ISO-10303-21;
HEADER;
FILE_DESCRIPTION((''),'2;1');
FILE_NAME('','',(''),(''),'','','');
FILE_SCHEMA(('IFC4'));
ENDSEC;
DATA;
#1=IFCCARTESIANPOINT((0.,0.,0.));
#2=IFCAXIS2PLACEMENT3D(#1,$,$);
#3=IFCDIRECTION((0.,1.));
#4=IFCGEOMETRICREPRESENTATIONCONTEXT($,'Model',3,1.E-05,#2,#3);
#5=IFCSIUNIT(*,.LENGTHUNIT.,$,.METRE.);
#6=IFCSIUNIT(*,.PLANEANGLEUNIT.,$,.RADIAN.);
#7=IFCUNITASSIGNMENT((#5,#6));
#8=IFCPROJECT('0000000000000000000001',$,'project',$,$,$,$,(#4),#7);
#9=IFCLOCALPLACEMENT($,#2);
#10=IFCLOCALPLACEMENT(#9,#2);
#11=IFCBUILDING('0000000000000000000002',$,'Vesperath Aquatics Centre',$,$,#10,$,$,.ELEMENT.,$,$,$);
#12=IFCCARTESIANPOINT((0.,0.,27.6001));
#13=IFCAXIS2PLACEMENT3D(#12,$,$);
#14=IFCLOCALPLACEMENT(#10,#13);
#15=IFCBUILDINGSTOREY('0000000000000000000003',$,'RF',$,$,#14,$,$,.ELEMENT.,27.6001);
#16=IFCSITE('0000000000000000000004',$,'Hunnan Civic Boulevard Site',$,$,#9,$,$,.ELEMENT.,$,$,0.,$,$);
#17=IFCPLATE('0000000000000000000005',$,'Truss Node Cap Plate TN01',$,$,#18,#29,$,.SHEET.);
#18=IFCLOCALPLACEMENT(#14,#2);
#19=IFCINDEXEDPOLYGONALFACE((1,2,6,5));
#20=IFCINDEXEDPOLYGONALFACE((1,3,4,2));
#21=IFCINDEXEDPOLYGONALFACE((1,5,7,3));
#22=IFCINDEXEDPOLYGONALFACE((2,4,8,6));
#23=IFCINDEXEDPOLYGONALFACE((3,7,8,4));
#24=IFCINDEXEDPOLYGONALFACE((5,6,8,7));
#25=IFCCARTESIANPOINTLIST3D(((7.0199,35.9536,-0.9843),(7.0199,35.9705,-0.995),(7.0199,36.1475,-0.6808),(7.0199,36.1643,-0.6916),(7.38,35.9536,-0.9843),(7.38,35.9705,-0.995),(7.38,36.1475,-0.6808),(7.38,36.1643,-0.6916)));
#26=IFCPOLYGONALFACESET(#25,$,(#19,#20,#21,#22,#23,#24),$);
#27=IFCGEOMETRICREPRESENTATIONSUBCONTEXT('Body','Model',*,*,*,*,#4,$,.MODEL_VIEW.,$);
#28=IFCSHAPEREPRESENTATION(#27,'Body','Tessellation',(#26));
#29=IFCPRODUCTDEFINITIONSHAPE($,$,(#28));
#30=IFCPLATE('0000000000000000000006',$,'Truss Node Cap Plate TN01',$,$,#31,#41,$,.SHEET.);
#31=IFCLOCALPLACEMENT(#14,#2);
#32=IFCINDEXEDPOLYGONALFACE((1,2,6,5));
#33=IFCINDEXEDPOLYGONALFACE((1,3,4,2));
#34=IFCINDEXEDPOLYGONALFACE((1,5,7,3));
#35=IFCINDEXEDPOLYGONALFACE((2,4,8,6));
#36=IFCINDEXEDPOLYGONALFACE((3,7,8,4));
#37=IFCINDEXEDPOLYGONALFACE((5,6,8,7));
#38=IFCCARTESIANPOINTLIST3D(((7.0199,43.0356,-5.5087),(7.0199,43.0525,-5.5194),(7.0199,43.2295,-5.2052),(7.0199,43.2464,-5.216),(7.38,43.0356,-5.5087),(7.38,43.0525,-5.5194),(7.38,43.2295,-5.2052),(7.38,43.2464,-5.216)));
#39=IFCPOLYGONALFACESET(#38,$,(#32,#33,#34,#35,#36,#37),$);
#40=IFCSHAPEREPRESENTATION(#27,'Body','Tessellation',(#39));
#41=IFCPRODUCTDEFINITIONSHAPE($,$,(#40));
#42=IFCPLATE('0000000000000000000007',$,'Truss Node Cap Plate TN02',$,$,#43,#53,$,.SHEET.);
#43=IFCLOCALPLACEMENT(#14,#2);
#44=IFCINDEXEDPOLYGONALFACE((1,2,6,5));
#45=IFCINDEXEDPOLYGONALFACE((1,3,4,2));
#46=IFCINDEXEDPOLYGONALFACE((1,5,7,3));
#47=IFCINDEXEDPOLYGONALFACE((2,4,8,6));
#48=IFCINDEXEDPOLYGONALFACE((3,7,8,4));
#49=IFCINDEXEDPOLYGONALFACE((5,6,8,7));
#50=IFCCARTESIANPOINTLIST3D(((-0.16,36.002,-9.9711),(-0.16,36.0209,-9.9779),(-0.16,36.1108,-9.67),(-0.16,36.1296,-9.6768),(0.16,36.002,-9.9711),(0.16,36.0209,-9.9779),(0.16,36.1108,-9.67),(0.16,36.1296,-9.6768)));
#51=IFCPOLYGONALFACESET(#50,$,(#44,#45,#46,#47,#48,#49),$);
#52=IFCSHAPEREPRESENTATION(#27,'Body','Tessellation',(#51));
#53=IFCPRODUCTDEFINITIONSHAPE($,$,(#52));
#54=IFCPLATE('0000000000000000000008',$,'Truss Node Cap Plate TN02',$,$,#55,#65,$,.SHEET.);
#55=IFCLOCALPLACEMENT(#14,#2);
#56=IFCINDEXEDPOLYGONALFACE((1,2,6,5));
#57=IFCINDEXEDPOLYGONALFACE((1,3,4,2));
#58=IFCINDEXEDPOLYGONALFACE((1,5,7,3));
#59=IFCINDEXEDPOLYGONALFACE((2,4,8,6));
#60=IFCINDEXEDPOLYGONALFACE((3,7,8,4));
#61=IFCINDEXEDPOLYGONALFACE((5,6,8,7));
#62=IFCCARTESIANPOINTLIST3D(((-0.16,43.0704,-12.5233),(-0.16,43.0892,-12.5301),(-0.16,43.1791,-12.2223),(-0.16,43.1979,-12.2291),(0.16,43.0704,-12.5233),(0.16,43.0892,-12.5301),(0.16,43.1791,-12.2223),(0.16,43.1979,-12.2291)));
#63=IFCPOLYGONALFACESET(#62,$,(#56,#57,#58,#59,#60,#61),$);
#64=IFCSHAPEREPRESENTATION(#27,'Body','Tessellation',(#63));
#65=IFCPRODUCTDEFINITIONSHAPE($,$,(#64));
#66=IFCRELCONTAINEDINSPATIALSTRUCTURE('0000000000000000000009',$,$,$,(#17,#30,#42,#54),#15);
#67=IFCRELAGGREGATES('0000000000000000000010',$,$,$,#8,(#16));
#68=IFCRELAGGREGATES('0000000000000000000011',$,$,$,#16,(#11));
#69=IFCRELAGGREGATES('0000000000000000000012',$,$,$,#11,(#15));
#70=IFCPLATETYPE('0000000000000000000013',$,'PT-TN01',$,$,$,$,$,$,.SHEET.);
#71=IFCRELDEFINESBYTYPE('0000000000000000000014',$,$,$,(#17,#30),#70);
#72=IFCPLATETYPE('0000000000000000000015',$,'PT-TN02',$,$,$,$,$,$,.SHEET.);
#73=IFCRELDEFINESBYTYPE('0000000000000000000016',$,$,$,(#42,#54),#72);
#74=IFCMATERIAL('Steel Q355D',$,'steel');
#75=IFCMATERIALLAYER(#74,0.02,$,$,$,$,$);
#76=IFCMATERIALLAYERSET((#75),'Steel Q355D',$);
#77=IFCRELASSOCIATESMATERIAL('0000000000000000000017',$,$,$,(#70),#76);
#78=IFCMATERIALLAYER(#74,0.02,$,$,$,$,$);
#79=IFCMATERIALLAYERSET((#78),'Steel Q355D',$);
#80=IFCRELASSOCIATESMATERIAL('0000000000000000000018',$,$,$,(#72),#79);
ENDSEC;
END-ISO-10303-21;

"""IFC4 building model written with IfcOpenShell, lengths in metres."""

from ifc_helpers import new_model, si_unit, direction, frame, origin, origin_2d, place, context, subcontext, project, spatial, rectangle, extrude, material, layer, layer_set, type_object, element, save


model = new_model("IFC4")

# Units and contexts
model_context = context("Model", 3, precision=1e-05, world=origin(), true_north=direction((0.0, 1.0)))
body_context = subcontext(model_context, "Body", "Model", "MODEL_VIEW")
ifc_project = project(units=[si_unit("LENGTHUNIT", "METRE"), si_unit("PLANEANGLEUNIT", "RADIAN")], contexts=[model_context])

# Site, building, storey
site_placement = place(None, origin())
site = spatial("IfcSite", under=ifc_project, at=site_placement, Name="Hunnan Civic Boulevard Site", CompositionType="ELEMENT", RefElevation=0.0)
building_placement = place(site_placement, origin())
building = spatial("IfcBuilding", under=site, at=building_placement, Name="Vesperath Aquatics Centre", CompositionType="ELEMENT")
storey_placement = place(building_placement, frame((0.0, 0.0, 27.6001)))
storey = spatial("IfcBuildingStorey", under=building, at=storey_placement, Name="RF", CompositionType="ELEMENT", Elevation=27.6001)

# Shared definitions
ifc_material_1 = material(Name="Steel Q355D", Category="steel")

# Plates
ifc_layer_1 = layer(ifc_material_1, 0.02)
ifc_layer_set_1 = layer_set([ifc_layer_1], Name="Steel Q355D")
plate_type_1 = type_object("IfcPlateType", Name="PT-TN01", PredefinedType="SHEET", material=ifc_layer_set_1)
for number, where, z_axis, x_axis, name in (
    (1, (7.2, 36.0505, -0.8325), (0.0, 0.842696, -0.538389), (-1.0, 0.0, 0.0), "Truss Node Cap Plate TN01"),
    (2, (7.2, 43.1326, -5.3569), (0.0, 0.842696, -0.538389), (-1.0, 0.0, 0.0), "Truss Node Cap Plate TN01"),
):
    element("IfcPlate", number, at=place(storey_placement, frame(where, z_axis=z_axis, x_axis=x_axis)), inside=storey, type_object=plate_type_1, Name=name, PredefinedType="SHEET", context=body_context, shape_type="SweptSolid", body=[
        extrude(rectangle(XDim=0.3601, YDim=0.3601, at=origin_2d()), origin(), (0.0, 0.0, 1.0), 0.02),
    ])
ifc_layer_2 = layer(ifc_material_1, 0.02)
ifc_layer_set_2 = layer_set([ifc_layer_2], Name="Steel Q355D")
plate_type_2 = type_object("IfcPlateType", Name="PT-TN02", PredefinedType="SHEET", material=ifc_layer_set_2)
for number, where, z_axis, x_axis, name in (
    (3, (0.0, 36.0564, -9.8206), (0.0, 0.940554, -0.339644), (-1.0, 0.0, 0.0), "Truss Node Cap Plate TN02"),
    (4, (0.0, 43.1248, -12.3728), (0.0, 0.940554, -0.339644), (-1.0, 0.0, 0.0), "Truss Node Cap Plate TN02"),
):
    element("IfcPlate", number, at=place(storey_placement, frame(where, z_axis=z_axis, x_axis=x_axis)), inside=storey, type_object=plate_type_2, Name=name, PredefinedType="SHEET", context=body_context, shape_type="SweptSolid", body=[
        extrude(rectangle(XDim=0.3201, YDim=0.3201, at=origin_2d()), origin(), (0.0, 0.0, 1.0), 0.02),
    ])

save(model, "model.ifc")
